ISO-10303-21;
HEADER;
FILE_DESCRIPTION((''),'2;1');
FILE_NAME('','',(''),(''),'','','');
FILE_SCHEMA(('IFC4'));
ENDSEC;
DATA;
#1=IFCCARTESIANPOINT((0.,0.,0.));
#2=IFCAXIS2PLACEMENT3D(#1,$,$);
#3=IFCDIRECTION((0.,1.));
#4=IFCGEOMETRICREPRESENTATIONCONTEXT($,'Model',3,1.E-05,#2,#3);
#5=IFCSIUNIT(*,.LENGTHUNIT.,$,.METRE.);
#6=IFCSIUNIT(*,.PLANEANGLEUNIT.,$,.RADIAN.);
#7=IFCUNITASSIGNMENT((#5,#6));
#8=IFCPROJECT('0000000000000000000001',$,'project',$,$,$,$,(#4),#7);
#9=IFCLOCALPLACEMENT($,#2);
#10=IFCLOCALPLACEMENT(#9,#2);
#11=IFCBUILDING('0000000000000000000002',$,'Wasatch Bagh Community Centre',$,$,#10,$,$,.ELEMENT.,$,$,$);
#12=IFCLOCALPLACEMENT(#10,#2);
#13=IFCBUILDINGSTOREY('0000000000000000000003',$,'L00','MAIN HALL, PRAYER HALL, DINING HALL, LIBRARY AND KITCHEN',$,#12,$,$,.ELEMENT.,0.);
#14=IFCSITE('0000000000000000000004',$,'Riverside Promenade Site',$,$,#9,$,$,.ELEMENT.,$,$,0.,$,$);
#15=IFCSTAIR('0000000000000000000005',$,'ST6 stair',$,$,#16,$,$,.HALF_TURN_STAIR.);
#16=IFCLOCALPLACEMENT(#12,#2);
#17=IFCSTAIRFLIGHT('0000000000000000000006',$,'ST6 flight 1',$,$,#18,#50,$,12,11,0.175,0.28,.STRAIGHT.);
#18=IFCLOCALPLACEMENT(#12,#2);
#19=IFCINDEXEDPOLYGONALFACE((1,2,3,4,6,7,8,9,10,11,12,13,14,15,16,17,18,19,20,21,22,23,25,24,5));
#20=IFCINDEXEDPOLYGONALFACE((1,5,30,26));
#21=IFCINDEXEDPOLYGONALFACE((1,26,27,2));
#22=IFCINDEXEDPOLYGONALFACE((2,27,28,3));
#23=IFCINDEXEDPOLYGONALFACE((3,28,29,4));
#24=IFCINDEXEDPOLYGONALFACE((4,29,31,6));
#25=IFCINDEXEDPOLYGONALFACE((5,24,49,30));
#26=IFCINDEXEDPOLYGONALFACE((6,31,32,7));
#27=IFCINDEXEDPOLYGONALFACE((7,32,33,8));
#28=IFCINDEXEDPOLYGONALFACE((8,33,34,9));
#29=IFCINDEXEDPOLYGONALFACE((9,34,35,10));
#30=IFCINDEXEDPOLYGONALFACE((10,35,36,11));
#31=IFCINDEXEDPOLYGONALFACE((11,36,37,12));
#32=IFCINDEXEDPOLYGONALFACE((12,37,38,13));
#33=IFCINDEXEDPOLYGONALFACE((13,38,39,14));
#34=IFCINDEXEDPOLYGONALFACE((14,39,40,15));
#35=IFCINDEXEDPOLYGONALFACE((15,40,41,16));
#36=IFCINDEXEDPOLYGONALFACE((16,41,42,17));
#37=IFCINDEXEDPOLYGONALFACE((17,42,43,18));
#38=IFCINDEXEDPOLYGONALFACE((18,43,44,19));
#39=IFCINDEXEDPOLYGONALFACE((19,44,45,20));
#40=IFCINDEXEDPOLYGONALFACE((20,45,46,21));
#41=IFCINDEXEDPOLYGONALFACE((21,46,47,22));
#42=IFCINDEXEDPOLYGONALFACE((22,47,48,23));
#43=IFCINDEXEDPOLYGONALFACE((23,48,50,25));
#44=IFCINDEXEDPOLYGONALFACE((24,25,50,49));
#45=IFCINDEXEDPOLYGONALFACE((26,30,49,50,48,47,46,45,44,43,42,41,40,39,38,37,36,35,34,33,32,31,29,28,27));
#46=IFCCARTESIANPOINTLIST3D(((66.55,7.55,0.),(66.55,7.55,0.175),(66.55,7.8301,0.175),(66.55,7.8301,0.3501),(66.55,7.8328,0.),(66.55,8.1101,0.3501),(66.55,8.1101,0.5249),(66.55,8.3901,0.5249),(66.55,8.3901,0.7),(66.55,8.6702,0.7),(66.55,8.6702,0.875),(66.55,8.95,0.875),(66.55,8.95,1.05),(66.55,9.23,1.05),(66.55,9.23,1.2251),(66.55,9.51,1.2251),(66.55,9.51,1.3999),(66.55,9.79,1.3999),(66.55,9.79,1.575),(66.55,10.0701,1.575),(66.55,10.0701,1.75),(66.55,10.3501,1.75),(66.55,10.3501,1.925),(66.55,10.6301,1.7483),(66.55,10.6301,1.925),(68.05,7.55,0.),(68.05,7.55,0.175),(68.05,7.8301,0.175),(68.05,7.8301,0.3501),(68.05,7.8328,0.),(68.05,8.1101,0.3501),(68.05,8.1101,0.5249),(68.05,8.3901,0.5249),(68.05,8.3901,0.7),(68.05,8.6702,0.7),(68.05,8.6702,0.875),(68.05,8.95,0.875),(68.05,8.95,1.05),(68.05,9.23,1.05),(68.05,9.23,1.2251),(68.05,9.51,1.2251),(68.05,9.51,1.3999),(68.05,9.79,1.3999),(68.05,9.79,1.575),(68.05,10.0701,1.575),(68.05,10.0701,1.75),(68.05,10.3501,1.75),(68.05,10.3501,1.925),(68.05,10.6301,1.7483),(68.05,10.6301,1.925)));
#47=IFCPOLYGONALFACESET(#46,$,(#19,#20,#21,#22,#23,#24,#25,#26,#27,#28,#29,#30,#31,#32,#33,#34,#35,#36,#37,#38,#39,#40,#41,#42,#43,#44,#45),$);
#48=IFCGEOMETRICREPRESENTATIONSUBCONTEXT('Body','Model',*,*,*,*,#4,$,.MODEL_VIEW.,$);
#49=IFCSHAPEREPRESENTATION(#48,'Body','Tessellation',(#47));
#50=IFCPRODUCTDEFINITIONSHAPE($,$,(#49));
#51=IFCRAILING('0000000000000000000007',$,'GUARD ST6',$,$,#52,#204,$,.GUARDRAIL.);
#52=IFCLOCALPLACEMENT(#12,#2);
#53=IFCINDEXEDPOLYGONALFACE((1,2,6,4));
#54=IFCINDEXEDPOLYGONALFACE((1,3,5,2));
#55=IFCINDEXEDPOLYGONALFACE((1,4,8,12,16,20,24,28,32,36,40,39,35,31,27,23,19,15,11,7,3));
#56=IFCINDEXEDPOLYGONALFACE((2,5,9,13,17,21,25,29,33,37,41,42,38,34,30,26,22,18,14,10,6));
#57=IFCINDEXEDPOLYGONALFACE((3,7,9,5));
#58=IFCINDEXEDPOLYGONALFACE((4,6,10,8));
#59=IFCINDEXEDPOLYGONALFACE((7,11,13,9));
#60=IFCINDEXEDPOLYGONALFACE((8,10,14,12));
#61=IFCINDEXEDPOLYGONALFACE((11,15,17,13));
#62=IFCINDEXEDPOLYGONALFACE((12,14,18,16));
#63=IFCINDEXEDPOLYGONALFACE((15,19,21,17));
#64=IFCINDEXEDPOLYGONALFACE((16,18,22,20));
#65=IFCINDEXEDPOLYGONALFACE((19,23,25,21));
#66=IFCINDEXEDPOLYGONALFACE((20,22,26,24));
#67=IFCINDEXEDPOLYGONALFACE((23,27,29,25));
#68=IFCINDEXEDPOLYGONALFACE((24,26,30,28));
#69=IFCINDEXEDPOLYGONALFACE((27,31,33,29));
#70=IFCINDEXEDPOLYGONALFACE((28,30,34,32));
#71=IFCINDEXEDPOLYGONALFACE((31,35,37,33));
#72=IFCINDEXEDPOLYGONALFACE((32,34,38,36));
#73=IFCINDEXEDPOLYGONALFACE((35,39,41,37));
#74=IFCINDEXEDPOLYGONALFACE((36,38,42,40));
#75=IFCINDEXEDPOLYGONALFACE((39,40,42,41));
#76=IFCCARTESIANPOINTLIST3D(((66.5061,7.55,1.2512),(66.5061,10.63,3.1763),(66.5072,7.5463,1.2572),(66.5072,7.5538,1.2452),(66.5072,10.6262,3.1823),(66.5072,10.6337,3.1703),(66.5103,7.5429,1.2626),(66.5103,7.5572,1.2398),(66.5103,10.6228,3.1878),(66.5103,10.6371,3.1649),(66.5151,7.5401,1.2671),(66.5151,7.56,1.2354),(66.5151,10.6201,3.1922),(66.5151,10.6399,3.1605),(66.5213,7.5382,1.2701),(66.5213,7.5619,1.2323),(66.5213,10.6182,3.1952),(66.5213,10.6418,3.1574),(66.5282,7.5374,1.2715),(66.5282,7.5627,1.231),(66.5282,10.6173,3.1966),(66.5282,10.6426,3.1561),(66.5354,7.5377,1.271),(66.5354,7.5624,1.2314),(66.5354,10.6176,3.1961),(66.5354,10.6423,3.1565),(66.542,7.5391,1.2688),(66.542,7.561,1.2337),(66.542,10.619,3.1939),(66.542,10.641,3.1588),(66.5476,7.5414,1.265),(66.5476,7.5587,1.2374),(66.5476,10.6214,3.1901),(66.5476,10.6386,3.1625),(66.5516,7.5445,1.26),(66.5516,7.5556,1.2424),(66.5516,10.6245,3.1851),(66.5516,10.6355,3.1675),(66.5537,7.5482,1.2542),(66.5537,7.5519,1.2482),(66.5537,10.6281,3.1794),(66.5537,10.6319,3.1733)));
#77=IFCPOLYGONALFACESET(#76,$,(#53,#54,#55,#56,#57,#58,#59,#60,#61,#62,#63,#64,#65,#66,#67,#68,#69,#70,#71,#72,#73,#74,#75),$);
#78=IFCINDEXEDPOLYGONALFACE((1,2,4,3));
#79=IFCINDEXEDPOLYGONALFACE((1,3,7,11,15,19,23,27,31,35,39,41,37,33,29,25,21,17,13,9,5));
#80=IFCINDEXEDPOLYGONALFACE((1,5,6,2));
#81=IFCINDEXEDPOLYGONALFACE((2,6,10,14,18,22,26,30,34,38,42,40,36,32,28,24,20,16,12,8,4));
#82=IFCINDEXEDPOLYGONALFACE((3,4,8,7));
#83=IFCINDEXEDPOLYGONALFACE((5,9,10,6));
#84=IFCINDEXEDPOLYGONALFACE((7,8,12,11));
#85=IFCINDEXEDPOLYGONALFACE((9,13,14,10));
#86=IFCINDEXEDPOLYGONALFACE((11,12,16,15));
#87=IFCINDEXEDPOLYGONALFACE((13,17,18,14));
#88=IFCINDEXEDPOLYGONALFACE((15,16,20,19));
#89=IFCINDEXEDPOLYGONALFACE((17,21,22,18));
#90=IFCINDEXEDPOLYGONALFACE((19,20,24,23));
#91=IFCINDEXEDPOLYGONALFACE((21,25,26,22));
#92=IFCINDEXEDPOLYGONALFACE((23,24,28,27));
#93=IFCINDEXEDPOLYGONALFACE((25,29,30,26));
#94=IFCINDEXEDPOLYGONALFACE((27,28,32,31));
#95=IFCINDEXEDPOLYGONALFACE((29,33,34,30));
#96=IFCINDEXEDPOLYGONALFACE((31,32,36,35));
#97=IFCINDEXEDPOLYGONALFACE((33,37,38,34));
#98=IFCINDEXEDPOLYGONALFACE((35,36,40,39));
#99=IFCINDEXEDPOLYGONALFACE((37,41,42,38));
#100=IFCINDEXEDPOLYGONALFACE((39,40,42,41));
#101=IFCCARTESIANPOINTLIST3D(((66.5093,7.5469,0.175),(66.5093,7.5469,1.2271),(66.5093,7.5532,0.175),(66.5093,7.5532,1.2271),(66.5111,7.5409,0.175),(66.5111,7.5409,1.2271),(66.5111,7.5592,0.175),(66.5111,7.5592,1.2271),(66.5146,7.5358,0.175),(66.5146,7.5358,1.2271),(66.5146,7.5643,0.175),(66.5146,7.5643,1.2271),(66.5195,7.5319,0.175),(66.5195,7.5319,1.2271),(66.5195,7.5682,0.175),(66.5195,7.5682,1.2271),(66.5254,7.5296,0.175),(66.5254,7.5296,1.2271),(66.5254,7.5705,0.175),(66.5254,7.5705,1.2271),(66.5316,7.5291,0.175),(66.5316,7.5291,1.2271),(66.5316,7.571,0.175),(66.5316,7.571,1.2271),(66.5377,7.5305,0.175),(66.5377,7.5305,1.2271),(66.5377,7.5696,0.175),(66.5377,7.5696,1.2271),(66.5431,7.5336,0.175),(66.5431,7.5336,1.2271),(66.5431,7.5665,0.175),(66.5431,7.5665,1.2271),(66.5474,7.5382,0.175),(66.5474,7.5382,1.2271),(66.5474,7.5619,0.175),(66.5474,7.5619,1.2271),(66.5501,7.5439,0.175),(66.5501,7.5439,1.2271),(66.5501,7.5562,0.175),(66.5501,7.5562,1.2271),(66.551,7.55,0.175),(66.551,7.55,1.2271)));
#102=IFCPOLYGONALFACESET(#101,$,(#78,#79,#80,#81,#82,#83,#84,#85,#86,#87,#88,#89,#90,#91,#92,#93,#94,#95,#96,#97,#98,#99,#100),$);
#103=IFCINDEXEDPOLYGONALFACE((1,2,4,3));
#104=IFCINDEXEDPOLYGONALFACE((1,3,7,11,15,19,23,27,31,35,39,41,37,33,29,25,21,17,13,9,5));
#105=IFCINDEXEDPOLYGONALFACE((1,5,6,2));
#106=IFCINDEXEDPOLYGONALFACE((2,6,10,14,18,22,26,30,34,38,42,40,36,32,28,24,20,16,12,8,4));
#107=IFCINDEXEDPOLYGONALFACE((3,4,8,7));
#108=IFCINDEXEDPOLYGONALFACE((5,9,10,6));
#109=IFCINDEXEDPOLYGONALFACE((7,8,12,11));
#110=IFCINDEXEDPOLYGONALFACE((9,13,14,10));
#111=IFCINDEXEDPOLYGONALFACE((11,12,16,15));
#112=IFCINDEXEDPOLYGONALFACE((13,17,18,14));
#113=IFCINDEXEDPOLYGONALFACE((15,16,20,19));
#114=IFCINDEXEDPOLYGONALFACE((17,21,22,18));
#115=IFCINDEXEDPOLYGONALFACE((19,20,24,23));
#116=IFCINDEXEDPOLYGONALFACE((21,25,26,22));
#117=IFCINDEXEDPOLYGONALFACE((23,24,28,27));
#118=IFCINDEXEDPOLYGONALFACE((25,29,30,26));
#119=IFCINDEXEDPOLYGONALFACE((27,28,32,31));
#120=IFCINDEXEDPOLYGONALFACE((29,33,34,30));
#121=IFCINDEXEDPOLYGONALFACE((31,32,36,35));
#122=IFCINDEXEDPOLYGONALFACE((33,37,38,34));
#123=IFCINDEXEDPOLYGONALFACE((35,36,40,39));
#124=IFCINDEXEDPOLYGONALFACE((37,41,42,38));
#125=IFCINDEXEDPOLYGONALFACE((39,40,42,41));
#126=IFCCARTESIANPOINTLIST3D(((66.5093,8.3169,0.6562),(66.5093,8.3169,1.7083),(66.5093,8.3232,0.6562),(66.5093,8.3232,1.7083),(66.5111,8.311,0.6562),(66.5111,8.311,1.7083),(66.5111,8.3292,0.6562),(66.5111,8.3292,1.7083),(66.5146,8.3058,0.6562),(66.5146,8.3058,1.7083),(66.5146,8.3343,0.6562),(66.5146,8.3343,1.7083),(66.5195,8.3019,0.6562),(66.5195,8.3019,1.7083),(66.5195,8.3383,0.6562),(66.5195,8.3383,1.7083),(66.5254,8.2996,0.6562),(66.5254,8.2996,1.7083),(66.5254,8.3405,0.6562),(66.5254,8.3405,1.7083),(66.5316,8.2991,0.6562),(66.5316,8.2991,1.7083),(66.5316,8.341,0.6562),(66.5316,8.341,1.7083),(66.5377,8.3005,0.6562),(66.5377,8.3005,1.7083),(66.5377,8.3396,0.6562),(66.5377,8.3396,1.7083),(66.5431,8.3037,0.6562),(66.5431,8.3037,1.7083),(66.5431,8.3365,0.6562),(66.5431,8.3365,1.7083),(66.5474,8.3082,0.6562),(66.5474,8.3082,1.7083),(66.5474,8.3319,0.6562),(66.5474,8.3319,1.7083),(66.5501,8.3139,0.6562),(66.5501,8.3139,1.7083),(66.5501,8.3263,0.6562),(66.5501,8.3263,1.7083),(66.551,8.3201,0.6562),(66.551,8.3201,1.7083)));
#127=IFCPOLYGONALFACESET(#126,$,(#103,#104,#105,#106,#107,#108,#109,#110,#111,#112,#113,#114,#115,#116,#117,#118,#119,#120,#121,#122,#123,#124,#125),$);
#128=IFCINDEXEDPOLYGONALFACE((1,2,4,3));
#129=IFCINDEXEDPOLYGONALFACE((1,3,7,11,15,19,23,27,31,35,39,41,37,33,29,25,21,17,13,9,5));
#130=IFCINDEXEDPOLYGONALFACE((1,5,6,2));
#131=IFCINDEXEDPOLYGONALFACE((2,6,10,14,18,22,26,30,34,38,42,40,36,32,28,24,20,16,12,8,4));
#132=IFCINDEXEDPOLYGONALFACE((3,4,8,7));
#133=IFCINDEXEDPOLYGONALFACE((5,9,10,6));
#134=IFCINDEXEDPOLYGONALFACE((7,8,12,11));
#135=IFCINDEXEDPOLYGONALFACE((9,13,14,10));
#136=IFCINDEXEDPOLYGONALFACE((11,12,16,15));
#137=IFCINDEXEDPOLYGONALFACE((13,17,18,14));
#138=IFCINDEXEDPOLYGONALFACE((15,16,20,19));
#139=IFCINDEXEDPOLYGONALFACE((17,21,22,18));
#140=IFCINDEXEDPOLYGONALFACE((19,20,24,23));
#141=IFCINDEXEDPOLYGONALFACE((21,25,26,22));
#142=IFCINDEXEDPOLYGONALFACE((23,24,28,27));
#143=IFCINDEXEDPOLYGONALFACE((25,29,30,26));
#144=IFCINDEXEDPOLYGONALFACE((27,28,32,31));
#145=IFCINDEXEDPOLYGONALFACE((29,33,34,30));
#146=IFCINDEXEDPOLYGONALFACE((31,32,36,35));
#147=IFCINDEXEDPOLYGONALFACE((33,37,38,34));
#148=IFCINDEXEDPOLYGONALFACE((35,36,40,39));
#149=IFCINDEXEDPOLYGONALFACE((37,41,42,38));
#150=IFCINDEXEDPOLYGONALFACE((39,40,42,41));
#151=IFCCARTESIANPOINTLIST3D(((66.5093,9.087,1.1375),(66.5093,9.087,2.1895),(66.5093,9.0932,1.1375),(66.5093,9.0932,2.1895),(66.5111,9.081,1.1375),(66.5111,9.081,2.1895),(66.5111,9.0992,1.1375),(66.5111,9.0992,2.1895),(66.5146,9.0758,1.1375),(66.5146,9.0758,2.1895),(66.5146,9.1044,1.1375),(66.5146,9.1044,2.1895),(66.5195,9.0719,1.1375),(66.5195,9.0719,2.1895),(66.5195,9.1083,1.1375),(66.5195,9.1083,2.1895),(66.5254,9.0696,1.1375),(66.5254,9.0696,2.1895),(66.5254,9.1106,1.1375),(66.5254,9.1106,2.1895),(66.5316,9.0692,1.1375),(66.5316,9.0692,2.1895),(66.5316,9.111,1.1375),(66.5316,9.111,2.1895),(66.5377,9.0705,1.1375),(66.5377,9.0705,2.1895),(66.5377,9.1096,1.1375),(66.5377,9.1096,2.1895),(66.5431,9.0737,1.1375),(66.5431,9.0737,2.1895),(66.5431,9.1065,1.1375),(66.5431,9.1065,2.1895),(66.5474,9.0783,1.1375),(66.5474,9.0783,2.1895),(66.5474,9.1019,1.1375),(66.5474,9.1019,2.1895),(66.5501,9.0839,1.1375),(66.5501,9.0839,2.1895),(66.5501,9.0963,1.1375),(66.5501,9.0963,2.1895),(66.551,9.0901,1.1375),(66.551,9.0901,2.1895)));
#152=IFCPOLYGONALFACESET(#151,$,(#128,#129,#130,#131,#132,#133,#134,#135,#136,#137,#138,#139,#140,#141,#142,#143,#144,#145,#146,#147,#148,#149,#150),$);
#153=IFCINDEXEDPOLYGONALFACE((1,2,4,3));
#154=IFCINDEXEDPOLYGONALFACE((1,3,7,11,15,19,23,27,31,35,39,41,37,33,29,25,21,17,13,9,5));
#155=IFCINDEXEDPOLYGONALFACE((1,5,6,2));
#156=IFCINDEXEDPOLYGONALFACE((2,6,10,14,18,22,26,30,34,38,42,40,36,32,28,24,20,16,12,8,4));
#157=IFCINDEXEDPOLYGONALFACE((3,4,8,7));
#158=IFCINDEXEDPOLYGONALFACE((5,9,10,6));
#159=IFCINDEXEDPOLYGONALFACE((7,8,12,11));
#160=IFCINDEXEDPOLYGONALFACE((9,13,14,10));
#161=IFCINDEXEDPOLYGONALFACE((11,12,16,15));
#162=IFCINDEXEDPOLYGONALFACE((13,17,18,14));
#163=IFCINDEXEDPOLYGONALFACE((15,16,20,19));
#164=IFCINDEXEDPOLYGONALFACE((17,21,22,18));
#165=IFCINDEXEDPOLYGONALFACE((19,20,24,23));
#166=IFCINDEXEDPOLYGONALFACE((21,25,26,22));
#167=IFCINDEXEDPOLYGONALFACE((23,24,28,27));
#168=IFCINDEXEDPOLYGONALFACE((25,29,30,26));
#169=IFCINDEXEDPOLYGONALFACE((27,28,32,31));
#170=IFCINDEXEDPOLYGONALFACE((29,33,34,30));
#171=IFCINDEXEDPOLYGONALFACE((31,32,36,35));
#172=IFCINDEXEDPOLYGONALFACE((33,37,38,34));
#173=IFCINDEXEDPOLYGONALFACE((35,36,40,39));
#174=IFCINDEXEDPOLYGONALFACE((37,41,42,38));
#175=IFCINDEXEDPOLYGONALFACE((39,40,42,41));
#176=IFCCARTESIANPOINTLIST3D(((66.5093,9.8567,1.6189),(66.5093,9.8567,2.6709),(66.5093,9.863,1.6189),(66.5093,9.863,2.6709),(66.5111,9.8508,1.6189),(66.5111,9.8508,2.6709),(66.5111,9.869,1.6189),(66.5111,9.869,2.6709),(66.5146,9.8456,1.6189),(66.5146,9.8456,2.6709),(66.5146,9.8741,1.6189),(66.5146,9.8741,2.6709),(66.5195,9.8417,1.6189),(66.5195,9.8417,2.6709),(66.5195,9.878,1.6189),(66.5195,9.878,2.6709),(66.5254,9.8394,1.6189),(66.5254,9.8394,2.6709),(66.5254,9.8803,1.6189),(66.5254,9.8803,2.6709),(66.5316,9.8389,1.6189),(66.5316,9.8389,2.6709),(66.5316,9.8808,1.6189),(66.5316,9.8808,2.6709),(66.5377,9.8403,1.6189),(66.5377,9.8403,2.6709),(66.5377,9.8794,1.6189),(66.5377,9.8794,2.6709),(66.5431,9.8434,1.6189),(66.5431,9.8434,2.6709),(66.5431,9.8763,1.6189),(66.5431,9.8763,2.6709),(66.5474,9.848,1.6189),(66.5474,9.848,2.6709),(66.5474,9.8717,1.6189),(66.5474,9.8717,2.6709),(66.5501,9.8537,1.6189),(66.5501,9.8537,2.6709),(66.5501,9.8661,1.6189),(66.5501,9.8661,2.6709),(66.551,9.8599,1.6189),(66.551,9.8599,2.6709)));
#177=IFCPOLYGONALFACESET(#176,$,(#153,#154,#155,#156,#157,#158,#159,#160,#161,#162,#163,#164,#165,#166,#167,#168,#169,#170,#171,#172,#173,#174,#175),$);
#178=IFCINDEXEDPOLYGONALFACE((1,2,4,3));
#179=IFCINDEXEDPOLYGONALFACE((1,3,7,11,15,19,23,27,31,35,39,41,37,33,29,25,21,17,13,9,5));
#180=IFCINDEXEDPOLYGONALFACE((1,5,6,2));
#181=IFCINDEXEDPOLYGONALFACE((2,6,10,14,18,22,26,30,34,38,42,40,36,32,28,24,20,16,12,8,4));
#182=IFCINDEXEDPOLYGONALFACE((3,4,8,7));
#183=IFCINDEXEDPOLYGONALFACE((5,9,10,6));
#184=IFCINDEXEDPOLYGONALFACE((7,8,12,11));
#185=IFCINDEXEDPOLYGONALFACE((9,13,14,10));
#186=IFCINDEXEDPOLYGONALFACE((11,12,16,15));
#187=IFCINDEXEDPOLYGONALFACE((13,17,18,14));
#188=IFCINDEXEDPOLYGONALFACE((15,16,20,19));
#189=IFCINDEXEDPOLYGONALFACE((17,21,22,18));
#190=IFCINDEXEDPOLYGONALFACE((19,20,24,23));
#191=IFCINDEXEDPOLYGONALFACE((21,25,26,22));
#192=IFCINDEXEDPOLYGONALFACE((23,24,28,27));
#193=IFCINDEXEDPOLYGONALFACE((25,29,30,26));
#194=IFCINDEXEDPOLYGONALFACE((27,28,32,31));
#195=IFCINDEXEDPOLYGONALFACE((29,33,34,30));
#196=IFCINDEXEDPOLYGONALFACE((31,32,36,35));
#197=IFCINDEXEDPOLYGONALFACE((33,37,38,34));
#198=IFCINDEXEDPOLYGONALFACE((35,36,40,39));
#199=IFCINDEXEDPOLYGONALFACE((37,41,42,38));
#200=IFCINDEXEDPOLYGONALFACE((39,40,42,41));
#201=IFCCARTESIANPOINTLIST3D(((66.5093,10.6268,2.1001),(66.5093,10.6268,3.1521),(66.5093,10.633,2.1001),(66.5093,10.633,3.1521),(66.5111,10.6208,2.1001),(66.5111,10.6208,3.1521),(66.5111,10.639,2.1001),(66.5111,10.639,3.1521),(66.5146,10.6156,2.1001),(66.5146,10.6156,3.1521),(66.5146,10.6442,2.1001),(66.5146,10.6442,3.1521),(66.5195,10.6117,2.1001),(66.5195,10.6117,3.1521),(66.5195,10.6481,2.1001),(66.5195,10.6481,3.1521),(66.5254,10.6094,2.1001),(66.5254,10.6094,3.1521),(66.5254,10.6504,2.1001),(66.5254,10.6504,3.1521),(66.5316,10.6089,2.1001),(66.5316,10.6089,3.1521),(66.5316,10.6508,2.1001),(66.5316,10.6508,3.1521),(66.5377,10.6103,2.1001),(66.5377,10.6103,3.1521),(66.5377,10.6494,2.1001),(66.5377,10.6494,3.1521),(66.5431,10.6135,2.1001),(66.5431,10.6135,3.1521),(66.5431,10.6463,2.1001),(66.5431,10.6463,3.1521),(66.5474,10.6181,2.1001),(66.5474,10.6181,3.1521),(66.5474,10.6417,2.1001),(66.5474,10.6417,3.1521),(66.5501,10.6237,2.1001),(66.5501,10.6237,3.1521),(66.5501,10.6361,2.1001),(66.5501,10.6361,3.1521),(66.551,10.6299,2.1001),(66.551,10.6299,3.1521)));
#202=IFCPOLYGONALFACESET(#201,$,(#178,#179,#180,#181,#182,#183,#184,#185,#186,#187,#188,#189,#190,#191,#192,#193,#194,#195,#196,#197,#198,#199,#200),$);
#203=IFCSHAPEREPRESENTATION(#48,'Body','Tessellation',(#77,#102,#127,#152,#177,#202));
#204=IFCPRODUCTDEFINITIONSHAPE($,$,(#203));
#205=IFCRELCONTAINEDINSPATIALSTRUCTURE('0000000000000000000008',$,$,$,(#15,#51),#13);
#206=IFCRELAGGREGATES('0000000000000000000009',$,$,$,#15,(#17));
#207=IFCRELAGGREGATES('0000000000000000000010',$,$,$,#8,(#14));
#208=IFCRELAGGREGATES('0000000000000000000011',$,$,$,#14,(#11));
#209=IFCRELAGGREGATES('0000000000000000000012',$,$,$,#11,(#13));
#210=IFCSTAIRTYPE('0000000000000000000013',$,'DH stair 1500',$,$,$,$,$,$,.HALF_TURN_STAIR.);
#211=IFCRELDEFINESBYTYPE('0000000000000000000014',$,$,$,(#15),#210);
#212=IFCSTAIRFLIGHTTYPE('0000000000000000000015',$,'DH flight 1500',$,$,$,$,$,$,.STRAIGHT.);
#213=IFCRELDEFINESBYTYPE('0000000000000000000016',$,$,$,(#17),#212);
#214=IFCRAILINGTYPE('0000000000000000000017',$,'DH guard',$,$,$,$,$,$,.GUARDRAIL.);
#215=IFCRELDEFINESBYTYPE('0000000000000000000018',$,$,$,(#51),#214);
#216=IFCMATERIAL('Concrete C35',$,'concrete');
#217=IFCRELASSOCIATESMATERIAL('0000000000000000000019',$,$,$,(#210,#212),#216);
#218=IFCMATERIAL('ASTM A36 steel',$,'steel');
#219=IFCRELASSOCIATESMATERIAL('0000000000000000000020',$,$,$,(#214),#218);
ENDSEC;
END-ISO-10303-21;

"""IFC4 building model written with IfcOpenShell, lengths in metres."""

from ifc_helpers import new_model, si_unit, direction, frame, origin, origin_2d, place, context, subcontext, project, spatial, polyline, circle, outline, extrude, material, type_object, element, aggregate, save


model = new_model("IFC4")

# Units and contexts
model_context = context("Model", 3, precision=1e-05, world=origin(), true_north=direction((0.0, 1.0)))
body_context = subcontext(model_context, "Body", "Model", "MODEL_VIEW")
ifc_project = project(units=[si_unit("LENGTHUNIT", "METRE"), si_unit("PLANEANGLEUNIT", "RADIAN")], contexts=[model_context])

# Site, building, storey
site_placement = place(None, origin())
site = spatial("IfcSite", under=ifc_project, at=site_placement, Name="Riverside Promenade Site", CompositionType="ELEMENT", RefElevation=0.0)
building_placement = place(site_placement, origin())
building = spatial("IfcBuilding", under=site, at=building_placement, Name="Wasatch Bagh Community Centre", CompositionType="ELEMENT")
storey_placement = place(building_placement, origin())
storey = spatial("IfcBuildingStorey", under=building, at=storey_placement, Name="L00", Description="MAIN HALL, PRAYER HALL, DINING HALL, LIBRARY AND KITCHEN", CompositionType="ELEMENT", Elevation=0.0)

# Shared definitions
ifc_material_1 = material(Name="Concrete C35", Category="concrete")

# Stair, stair flight
stair_type = type_object("IfcStairType", Name="DH stair 1500", PredefinedType="HALF_TURN_STAIR", material=ifc_material_1)
stair_placement = place(storey_placement, origin())
stair = element("IfcStair", 1, at=stair_placement, inside=storey, type_object=stair_type, Name="ST6 stair", PredefinedType="HALF_TURN_STAIR")
stair_flight_type = type_object("IfcStairFlightType", Name="DH flight 1500", PredefinedType="STRAIGHT", material=ifc_material_1)
stair_flight_placement = place(storey_placement, frame((67.3, 7.55, 0.0), z_axis=(0.0, 0.0, 1.0), x_axis=(0.0, 1.0, 0.0)))
stair_flight = element("IfcStairFlight", 2, at=stair_flight_placement, type_object=stair_flight_type, Name="ST6 flight 1", NumberOfRisers=12, NumberOfTreads=11, PredefinedType="STRAIGHT", RiserHeight=0.175, TreadLength=0.28, context=body_context, shape_type="SweptSolid", body=[
    extrude(outline(polyline([(0.0, 0.0), (0.0, 0.175), (0.28, 0.175), (0.28, 0.3501), (0.5601, 0.3501), (0.5601, 0.5249), (0.8401, 0.5249), (0.8401, 0.7), (1.1201, 0.7), (1.1201, 0.875), (1.3999, 0.875), (1.3999, 1.05), (1.6799, 1.05), (1.6799, 1.2251), (1.96, 1.2251), (1.96, 1.3999), (2.24, 1.3999), (2.24, 1.575), (2.52, 1.575), (2.52, 1.75), (2.8, 1.75), (2.8, 1.925), (3.0801, 1.925), (3.0801, 2.1001), (3.0801, 1.7483), (0.2827, 0.0), (0.0, 0.0)])), frame((0.0, 0.75, 0.0), z_axis=(0.0, -1.0, 0.0), x_axis=(1.0, 0.0, 0.0)), (0.0, 0.0, 1.0), 1.5),
])
aggregate(stair, [stair_flight])

# Railing
ifc_material_2 = material(Name="ASTM A36 steel", Category="steel")
railing_type_1 = type_object("IfcRailingType", Name="DH guard", PredefinedType="GUARDRAIL", material=ifc_material_2)
railing_placement = place(storey_placement, frame((66.53, 7.55, 0.175)))
element("IfcRailing", 3, at=railing_placement, inside=storey, type_object=railing_type_1, Name="GUARD ST6", PredefinedType="GUARDRAIL", context=body_context, shape_type="SweptSolid", body=[
    extrude(circle(Radius=0.0239, at=origin_2d()), frame((0.0, 0.0, 1.0762), z_axis=(0.0, 0.847979, 0.530029), x_axis=(-1.0, 0.0, 0.0)), (0.0, 0.0, 1.0), 3.6321),
    extrude(circle(Radius=0.021, at=origin_2d()), origin(), (0.0, 0.0, 1.0), 1.052),
    extrude(circle(Radius=0.021, at=origin_2d()), frame((0.0, 0.77, 0.4812)), (0.0, 0.0, 1.0), 1.052),
    extrude(circle(Radius=0.021, at=origin_2d()), frame((0.0, 1.54, 0.9624)), (0.0, 0.0, 1.0), 1.052),
    extrude(circle(Radius=0.021, at=origin_2d()), frame((0.0, 2.3098, 1.4438)), (0.0, 0.0, 1.0), 1.052),
    extrude(circle(Radius=0.021, at=origin_2d()), frame((0.0, 3.0798, 1.925)), (0.0, 0.0, 1.0), 1.052),
])

save(model, "model.ifc")
